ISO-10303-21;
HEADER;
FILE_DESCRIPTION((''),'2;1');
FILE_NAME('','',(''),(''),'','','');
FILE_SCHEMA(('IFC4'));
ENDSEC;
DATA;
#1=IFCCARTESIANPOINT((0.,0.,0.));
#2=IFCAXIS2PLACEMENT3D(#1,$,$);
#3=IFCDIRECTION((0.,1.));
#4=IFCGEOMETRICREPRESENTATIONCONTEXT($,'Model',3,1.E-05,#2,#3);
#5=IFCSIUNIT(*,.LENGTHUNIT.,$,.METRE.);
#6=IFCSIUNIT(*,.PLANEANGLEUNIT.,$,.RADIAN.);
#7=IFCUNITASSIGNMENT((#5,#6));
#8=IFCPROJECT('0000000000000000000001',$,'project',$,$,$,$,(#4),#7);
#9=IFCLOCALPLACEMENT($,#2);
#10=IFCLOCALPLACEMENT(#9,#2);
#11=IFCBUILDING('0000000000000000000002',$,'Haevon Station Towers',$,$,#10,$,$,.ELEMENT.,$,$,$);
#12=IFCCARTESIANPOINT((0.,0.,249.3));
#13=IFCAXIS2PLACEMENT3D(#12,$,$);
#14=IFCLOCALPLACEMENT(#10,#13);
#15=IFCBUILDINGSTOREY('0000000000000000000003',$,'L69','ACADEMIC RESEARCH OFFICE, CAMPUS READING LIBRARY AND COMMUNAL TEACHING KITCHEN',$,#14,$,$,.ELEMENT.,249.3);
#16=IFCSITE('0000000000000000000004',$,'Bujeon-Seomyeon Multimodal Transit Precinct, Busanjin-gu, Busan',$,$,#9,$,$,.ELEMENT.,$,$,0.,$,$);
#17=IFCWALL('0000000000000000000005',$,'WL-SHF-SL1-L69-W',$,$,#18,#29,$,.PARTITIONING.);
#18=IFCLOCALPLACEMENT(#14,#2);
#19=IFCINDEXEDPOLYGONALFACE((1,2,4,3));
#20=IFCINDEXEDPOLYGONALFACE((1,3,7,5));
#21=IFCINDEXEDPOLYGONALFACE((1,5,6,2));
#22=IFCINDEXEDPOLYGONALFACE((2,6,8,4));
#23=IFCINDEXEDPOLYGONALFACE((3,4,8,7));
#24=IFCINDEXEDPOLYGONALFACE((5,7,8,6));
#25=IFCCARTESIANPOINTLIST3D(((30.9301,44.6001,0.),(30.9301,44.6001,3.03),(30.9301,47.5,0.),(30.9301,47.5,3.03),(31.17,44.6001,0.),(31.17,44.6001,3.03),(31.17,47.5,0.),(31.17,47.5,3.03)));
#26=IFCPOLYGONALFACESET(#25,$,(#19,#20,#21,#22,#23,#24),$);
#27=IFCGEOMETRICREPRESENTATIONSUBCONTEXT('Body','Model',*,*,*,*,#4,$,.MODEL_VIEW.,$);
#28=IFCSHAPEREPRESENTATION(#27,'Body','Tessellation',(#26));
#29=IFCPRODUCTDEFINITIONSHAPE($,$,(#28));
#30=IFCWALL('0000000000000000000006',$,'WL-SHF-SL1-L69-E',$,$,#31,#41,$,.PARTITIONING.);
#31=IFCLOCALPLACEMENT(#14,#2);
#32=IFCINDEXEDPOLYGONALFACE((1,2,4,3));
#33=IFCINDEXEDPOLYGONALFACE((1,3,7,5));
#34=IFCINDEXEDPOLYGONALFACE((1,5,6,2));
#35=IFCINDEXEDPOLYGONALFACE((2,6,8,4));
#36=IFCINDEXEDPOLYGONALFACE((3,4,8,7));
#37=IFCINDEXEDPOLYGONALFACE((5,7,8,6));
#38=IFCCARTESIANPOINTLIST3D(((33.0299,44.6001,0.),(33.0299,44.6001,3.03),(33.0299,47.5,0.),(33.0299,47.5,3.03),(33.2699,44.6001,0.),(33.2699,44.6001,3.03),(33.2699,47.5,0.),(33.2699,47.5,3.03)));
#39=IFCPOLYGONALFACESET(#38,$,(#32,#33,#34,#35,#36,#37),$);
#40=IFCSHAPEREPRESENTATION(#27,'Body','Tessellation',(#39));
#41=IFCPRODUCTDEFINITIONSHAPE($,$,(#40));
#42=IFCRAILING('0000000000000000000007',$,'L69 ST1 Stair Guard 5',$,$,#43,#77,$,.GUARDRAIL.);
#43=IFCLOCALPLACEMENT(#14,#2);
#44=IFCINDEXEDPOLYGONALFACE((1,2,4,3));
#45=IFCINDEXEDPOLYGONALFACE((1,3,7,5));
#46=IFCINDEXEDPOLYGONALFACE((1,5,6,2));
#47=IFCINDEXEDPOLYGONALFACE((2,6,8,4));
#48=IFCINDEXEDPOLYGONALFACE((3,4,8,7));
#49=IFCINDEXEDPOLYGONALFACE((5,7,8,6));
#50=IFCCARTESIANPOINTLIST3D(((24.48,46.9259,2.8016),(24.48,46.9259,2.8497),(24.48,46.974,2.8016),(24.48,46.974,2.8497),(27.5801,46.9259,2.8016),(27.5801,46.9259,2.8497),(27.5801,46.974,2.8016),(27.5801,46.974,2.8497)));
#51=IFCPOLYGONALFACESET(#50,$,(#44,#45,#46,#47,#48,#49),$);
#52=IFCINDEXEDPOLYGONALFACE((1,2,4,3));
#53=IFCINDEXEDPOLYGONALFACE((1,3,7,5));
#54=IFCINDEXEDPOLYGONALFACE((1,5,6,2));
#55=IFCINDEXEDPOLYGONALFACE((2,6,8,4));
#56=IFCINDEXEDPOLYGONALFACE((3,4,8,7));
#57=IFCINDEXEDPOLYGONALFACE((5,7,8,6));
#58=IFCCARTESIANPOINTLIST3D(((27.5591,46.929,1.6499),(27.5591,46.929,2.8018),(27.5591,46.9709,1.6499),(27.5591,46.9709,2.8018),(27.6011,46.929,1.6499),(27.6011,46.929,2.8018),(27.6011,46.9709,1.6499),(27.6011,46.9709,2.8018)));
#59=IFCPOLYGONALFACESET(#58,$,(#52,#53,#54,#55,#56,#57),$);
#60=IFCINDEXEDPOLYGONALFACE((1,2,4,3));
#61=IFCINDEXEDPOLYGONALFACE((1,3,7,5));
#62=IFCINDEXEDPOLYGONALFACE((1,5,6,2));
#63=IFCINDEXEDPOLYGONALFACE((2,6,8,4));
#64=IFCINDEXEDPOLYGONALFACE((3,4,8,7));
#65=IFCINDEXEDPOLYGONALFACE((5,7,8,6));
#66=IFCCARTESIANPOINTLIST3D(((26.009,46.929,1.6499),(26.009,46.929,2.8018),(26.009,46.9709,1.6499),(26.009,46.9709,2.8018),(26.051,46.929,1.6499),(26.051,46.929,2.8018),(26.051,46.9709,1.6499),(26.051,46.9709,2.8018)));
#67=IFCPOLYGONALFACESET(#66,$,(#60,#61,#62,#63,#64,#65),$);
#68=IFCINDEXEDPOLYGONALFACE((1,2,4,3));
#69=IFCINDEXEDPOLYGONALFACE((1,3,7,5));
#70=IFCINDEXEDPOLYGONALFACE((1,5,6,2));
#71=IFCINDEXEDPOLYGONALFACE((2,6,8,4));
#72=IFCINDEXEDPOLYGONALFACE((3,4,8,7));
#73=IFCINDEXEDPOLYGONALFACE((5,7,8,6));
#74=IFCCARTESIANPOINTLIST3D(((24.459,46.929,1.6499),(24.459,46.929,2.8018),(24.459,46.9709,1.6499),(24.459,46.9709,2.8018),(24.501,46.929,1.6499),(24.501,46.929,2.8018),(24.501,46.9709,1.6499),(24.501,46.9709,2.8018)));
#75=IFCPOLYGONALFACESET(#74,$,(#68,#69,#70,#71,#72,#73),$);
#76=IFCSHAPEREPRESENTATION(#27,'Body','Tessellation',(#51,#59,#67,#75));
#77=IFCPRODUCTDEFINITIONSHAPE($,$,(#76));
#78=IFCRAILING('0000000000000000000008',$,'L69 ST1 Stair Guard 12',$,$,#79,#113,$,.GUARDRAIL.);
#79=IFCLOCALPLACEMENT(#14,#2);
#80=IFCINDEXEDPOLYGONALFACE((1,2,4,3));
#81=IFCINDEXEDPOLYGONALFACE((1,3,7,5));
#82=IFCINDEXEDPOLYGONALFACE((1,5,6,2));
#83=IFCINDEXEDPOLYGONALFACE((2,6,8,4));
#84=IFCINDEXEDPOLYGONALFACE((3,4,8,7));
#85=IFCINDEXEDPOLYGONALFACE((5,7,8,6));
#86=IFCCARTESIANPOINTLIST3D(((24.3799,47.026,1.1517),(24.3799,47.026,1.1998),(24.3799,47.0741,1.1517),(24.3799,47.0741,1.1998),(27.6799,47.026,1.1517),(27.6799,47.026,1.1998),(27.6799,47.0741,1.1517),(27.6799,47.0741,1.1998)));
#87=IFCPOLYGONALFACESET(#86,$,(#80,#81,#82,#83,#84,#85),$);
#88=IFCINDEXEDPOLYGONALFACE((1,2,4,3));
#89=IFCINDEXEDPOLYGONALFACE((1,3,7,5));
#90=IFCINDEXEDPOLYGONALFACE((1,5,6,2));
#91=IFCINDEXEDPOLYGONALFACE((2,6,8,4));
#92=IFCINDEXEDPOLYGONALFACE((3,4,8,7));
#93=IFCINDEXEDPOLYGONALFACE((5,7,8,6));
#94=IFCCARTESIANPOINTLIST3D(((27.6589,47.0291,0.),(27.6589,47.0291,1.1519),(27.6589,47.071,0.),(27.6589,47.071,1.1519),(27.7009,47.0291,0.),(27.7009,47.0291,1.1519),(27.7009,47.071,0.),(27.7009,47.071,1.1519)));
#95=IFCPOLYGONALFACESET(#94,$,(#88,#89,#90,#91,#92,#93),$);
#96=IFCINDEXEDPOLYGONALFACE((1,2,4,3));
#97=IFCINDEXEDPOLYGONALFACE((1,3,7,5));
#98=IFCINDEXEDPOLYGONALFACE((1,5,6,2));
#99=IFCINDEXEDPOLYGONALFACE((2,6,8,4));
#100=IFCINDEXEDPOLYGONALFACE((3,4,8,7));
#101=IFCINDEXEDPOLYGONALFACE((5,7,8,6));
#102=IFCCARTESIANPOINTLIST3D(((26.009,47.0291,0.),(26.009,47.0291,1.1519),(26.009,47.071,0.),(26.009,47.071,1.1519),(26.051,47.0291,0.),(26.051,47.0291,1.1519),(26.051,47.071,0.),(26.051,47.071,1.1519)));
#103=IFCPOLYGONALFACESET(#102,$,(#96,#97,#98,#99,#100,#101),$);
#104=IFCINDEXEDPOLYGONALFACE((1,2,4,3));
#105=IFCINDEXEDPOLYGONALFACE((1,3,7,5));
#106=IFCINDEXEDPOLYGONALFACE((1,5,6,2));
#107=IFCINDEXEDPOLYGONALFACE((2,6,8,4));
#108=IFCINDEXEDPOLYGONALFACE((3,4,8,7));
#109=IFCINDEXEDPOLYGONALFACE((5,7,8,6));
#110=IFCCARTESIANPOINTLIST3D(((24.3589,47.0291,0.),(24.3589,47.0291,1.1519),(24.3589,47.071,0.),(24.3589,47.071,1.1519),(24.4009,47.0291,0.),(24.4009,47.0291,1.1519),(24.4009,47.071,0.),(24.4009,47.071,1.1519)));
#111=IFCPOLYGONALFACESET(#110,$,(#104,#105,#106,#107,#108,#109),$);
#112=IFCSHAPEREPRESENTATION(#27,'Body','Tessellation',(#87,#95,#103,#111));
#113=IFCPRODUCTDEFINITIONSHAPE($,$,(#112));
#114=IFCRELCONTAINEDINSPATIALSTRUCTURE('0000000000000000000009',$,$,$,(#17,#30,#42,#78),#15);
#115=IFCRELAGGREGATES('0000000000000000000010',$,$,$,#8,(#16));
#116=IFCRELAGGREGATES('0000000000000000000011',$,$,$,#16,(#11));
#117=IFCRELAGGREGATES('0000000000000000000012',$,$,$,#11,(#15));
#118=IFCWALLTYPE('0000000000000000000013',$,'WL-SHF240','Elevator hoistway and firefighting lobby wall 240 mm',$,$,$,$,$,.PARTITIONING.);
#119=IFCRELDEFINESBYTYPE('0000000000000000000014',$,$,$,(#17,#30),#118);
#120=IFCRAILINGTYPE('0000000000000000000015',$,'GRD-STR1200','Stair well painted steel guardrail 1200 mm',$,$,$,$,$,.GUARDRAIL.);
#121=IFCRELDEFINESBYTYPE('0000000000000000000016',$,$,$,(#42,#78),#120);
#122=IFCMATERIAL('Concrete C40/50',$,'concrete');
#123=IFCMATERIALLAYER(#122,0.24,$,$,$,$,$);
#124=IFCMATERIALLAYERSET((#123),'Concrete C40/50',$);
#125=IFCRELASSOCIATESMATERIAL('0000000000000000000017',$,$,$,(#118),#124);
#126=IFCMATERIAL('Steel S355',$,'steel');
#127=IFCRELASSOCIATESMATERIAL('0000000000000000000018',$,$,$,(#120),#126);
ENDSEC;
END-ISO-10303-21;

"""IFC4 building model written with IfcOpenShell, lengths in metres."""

from ifc_helpers import new_model, si_unit, direction, frame, frame_2d, origin, origin_2d, place, context, subcontext, project, spatial, rectangle, extrude, material, layer, layer_set, type_object, element, save


model = new_model("IFC4")

# Units and contexts
model_context = context("Model", 3, precision=1e-05, world=origin(), true_north=direction((0.0, 1.0)))
body_context = subcontext(model_context, "Body", "Model", "MODEL_VIEW")
ifc_project = project(units=[si_unit("LENGTHUNIT", "METRE"), si_unit("PLANEANGLEUNIT", "RADIAN")], contexts=[model_context])

# Site, building, storey
site_placement = place(None, origin())
site = spatial("IfcSite", under=ifc_project, at=site_placement, Name="Bujeon-Seomyeon Multimodal Transit Precinct, Busanjin-gu, Busan", CompositionType="ELEMENT", RefElevation=0.0)
building_placement = place(site_placement, origin())
building = spatial("IfcBuilding", under=site, at=building_placement, Name="Haevon Station Towers", CompositionType="ELEMENT")
storey_placement = place(building_placement, frame((0.0, 0.0, 249.3)))
storey = spatial("IfcBuildingStorey", under=building, at=storey_placement, Name="L69", Description="ACADEMIC RESEARCH OFFICE, CAMPUS READING LIBRARY AND COMMUNAL TEACHING KITCHEN", CompositionType="ELEMENT", Elevation=249.3)

# Shared definitions
ifc_material_1 = material(Name="Steel S355", Category="steel")

# Shared definitions
ifc_material_2 = material(Name="Concrete C40/50", Category="concrete")
ifc_layer = layer(ifc_material_2, 0.24)
ifc_layer_set = layer_set([ifc_layer], Name="Concrete C40/50")
wall_type = type_object("IfcWallType", Name="WL-SHF240", Description="Elevator hoistway and firefighting lobby wall 240 mm", PredefinedType="PARTITIONING", material=ifc_layer_set)

# Walls
for number, where, z_axis, x_axis, name in (
    (1, (31.05, 44.6001, 0.0), (0.0, 0.0, 1.0), (0.0, 1.0, 0.0), "WL-SHF-SL1-L69-W"),
    (2, (33.1499, 44.6001, 0.0), (0.0, 0.0, 1.0), (0.0, 1.0, 0.0), "WL-SHF-SL1-L69-E"),
):
    element("IfcWall", number, at=place(storey_placement, frame(where, z_axis=z_axis, x_axis=x_axis)), inside=storey, type_object=wall_type, Name=name, PredefinedType="PARTITIONING", context=body_context, shape_type="SweptSolid", body=[
        extrude(rectangle(XDim=2.8999, YDim=0.24, at=frame_2d((1.45, 0.0))), origin(), (0.0, 0.0, 1.0), 3.03),
    ])

# Railings
railing_type = type_object("IfcRailingType", Name="GRD-STR1200", Description="Stair well painted steel guardrail 1200 mm", PredefinedType="GUARDRAIL", material=ifc_material_1)
railing_1_placement = place(storey_placement, frame((27.5801, 46.95, 1.6499)))
element("IfcRailing", 3, at=railing_1_placement, inside=storey, type_object=railing_type, Name="L69 ST1 Stair Guard 5", PredefinedType="GUARDRAIL", context=body_context, shape_type="SweptSolid", body=[
    extrude(rectangle(XDim=0.0481, YDim=0.0481, at=origin_2d()), frame((0.0, 0.0, 1.1758), z_axis=(-1.0, 0.0, 0.0), x_axis=(0.0, -1.0, 0.0)), (0.0, 0.0, 1.0), 3.1001),
    extrude(rectangle(XDim=0.042, YDim=0.042, at=origin_2d()), origin(), (0.0, 0.0, 1.0), 1.1519),
    extrude(rectangle(XDim=0.042, YDim=0.042, at=origin_2d()), frame((-1.55, 0.0, 0.0)), (0.0, 0.0, 1.0), 1.1519),
    extrude(rectangle(XDim=0.042, YDim=0.042, at=origin_2d()), frame((-3.1001, 0.0, 0.0)), (0.0, 0.0, 1.0), 1.1519),
])
railing_2_placement = place(storey_placement, frame((27.6799, 47.05, 0.0)))
element("IfcRailing", 4, at=railing_2_placement, inside=storey, type_object=railing_type, Name="L69 ST1 Stair Guard 12", PredefinedType="GUARDRAIL", context=body_context, shape_type="SweptSolid", body=[
    extrude(rectangle(XDim=0.0481, YDim=0.0481, at=origin_2d()), frame((0.0, 0.0, 1.1758), z_axis=(-1.0, 0.0, 0.0), x_axis=(0.0, -1.0, 0.0)), (0.0, 0.0, 1.0), 3.3),
    extrude(rectangle(XDim=0.042, YDim=0.042, at=origin_2d()), origin(), (0.0, 0.0, 1.0), 1.1519),
    extrude(rectangle(XDim=0.042, YDim=0.042, at=origin_2d()), frame((-1.6499, 0.0, 0.0)), (0.0, 0.0, 1.0), 1.1519),
    extrude(rectangle(XDim=0.042, YDim=0.042, at=origin_2d()), frame((-3.3, 0.0, 0.0)), (0.0, 0.0, 1.0), 1.1519),
])

save(model, "model.ifc")
